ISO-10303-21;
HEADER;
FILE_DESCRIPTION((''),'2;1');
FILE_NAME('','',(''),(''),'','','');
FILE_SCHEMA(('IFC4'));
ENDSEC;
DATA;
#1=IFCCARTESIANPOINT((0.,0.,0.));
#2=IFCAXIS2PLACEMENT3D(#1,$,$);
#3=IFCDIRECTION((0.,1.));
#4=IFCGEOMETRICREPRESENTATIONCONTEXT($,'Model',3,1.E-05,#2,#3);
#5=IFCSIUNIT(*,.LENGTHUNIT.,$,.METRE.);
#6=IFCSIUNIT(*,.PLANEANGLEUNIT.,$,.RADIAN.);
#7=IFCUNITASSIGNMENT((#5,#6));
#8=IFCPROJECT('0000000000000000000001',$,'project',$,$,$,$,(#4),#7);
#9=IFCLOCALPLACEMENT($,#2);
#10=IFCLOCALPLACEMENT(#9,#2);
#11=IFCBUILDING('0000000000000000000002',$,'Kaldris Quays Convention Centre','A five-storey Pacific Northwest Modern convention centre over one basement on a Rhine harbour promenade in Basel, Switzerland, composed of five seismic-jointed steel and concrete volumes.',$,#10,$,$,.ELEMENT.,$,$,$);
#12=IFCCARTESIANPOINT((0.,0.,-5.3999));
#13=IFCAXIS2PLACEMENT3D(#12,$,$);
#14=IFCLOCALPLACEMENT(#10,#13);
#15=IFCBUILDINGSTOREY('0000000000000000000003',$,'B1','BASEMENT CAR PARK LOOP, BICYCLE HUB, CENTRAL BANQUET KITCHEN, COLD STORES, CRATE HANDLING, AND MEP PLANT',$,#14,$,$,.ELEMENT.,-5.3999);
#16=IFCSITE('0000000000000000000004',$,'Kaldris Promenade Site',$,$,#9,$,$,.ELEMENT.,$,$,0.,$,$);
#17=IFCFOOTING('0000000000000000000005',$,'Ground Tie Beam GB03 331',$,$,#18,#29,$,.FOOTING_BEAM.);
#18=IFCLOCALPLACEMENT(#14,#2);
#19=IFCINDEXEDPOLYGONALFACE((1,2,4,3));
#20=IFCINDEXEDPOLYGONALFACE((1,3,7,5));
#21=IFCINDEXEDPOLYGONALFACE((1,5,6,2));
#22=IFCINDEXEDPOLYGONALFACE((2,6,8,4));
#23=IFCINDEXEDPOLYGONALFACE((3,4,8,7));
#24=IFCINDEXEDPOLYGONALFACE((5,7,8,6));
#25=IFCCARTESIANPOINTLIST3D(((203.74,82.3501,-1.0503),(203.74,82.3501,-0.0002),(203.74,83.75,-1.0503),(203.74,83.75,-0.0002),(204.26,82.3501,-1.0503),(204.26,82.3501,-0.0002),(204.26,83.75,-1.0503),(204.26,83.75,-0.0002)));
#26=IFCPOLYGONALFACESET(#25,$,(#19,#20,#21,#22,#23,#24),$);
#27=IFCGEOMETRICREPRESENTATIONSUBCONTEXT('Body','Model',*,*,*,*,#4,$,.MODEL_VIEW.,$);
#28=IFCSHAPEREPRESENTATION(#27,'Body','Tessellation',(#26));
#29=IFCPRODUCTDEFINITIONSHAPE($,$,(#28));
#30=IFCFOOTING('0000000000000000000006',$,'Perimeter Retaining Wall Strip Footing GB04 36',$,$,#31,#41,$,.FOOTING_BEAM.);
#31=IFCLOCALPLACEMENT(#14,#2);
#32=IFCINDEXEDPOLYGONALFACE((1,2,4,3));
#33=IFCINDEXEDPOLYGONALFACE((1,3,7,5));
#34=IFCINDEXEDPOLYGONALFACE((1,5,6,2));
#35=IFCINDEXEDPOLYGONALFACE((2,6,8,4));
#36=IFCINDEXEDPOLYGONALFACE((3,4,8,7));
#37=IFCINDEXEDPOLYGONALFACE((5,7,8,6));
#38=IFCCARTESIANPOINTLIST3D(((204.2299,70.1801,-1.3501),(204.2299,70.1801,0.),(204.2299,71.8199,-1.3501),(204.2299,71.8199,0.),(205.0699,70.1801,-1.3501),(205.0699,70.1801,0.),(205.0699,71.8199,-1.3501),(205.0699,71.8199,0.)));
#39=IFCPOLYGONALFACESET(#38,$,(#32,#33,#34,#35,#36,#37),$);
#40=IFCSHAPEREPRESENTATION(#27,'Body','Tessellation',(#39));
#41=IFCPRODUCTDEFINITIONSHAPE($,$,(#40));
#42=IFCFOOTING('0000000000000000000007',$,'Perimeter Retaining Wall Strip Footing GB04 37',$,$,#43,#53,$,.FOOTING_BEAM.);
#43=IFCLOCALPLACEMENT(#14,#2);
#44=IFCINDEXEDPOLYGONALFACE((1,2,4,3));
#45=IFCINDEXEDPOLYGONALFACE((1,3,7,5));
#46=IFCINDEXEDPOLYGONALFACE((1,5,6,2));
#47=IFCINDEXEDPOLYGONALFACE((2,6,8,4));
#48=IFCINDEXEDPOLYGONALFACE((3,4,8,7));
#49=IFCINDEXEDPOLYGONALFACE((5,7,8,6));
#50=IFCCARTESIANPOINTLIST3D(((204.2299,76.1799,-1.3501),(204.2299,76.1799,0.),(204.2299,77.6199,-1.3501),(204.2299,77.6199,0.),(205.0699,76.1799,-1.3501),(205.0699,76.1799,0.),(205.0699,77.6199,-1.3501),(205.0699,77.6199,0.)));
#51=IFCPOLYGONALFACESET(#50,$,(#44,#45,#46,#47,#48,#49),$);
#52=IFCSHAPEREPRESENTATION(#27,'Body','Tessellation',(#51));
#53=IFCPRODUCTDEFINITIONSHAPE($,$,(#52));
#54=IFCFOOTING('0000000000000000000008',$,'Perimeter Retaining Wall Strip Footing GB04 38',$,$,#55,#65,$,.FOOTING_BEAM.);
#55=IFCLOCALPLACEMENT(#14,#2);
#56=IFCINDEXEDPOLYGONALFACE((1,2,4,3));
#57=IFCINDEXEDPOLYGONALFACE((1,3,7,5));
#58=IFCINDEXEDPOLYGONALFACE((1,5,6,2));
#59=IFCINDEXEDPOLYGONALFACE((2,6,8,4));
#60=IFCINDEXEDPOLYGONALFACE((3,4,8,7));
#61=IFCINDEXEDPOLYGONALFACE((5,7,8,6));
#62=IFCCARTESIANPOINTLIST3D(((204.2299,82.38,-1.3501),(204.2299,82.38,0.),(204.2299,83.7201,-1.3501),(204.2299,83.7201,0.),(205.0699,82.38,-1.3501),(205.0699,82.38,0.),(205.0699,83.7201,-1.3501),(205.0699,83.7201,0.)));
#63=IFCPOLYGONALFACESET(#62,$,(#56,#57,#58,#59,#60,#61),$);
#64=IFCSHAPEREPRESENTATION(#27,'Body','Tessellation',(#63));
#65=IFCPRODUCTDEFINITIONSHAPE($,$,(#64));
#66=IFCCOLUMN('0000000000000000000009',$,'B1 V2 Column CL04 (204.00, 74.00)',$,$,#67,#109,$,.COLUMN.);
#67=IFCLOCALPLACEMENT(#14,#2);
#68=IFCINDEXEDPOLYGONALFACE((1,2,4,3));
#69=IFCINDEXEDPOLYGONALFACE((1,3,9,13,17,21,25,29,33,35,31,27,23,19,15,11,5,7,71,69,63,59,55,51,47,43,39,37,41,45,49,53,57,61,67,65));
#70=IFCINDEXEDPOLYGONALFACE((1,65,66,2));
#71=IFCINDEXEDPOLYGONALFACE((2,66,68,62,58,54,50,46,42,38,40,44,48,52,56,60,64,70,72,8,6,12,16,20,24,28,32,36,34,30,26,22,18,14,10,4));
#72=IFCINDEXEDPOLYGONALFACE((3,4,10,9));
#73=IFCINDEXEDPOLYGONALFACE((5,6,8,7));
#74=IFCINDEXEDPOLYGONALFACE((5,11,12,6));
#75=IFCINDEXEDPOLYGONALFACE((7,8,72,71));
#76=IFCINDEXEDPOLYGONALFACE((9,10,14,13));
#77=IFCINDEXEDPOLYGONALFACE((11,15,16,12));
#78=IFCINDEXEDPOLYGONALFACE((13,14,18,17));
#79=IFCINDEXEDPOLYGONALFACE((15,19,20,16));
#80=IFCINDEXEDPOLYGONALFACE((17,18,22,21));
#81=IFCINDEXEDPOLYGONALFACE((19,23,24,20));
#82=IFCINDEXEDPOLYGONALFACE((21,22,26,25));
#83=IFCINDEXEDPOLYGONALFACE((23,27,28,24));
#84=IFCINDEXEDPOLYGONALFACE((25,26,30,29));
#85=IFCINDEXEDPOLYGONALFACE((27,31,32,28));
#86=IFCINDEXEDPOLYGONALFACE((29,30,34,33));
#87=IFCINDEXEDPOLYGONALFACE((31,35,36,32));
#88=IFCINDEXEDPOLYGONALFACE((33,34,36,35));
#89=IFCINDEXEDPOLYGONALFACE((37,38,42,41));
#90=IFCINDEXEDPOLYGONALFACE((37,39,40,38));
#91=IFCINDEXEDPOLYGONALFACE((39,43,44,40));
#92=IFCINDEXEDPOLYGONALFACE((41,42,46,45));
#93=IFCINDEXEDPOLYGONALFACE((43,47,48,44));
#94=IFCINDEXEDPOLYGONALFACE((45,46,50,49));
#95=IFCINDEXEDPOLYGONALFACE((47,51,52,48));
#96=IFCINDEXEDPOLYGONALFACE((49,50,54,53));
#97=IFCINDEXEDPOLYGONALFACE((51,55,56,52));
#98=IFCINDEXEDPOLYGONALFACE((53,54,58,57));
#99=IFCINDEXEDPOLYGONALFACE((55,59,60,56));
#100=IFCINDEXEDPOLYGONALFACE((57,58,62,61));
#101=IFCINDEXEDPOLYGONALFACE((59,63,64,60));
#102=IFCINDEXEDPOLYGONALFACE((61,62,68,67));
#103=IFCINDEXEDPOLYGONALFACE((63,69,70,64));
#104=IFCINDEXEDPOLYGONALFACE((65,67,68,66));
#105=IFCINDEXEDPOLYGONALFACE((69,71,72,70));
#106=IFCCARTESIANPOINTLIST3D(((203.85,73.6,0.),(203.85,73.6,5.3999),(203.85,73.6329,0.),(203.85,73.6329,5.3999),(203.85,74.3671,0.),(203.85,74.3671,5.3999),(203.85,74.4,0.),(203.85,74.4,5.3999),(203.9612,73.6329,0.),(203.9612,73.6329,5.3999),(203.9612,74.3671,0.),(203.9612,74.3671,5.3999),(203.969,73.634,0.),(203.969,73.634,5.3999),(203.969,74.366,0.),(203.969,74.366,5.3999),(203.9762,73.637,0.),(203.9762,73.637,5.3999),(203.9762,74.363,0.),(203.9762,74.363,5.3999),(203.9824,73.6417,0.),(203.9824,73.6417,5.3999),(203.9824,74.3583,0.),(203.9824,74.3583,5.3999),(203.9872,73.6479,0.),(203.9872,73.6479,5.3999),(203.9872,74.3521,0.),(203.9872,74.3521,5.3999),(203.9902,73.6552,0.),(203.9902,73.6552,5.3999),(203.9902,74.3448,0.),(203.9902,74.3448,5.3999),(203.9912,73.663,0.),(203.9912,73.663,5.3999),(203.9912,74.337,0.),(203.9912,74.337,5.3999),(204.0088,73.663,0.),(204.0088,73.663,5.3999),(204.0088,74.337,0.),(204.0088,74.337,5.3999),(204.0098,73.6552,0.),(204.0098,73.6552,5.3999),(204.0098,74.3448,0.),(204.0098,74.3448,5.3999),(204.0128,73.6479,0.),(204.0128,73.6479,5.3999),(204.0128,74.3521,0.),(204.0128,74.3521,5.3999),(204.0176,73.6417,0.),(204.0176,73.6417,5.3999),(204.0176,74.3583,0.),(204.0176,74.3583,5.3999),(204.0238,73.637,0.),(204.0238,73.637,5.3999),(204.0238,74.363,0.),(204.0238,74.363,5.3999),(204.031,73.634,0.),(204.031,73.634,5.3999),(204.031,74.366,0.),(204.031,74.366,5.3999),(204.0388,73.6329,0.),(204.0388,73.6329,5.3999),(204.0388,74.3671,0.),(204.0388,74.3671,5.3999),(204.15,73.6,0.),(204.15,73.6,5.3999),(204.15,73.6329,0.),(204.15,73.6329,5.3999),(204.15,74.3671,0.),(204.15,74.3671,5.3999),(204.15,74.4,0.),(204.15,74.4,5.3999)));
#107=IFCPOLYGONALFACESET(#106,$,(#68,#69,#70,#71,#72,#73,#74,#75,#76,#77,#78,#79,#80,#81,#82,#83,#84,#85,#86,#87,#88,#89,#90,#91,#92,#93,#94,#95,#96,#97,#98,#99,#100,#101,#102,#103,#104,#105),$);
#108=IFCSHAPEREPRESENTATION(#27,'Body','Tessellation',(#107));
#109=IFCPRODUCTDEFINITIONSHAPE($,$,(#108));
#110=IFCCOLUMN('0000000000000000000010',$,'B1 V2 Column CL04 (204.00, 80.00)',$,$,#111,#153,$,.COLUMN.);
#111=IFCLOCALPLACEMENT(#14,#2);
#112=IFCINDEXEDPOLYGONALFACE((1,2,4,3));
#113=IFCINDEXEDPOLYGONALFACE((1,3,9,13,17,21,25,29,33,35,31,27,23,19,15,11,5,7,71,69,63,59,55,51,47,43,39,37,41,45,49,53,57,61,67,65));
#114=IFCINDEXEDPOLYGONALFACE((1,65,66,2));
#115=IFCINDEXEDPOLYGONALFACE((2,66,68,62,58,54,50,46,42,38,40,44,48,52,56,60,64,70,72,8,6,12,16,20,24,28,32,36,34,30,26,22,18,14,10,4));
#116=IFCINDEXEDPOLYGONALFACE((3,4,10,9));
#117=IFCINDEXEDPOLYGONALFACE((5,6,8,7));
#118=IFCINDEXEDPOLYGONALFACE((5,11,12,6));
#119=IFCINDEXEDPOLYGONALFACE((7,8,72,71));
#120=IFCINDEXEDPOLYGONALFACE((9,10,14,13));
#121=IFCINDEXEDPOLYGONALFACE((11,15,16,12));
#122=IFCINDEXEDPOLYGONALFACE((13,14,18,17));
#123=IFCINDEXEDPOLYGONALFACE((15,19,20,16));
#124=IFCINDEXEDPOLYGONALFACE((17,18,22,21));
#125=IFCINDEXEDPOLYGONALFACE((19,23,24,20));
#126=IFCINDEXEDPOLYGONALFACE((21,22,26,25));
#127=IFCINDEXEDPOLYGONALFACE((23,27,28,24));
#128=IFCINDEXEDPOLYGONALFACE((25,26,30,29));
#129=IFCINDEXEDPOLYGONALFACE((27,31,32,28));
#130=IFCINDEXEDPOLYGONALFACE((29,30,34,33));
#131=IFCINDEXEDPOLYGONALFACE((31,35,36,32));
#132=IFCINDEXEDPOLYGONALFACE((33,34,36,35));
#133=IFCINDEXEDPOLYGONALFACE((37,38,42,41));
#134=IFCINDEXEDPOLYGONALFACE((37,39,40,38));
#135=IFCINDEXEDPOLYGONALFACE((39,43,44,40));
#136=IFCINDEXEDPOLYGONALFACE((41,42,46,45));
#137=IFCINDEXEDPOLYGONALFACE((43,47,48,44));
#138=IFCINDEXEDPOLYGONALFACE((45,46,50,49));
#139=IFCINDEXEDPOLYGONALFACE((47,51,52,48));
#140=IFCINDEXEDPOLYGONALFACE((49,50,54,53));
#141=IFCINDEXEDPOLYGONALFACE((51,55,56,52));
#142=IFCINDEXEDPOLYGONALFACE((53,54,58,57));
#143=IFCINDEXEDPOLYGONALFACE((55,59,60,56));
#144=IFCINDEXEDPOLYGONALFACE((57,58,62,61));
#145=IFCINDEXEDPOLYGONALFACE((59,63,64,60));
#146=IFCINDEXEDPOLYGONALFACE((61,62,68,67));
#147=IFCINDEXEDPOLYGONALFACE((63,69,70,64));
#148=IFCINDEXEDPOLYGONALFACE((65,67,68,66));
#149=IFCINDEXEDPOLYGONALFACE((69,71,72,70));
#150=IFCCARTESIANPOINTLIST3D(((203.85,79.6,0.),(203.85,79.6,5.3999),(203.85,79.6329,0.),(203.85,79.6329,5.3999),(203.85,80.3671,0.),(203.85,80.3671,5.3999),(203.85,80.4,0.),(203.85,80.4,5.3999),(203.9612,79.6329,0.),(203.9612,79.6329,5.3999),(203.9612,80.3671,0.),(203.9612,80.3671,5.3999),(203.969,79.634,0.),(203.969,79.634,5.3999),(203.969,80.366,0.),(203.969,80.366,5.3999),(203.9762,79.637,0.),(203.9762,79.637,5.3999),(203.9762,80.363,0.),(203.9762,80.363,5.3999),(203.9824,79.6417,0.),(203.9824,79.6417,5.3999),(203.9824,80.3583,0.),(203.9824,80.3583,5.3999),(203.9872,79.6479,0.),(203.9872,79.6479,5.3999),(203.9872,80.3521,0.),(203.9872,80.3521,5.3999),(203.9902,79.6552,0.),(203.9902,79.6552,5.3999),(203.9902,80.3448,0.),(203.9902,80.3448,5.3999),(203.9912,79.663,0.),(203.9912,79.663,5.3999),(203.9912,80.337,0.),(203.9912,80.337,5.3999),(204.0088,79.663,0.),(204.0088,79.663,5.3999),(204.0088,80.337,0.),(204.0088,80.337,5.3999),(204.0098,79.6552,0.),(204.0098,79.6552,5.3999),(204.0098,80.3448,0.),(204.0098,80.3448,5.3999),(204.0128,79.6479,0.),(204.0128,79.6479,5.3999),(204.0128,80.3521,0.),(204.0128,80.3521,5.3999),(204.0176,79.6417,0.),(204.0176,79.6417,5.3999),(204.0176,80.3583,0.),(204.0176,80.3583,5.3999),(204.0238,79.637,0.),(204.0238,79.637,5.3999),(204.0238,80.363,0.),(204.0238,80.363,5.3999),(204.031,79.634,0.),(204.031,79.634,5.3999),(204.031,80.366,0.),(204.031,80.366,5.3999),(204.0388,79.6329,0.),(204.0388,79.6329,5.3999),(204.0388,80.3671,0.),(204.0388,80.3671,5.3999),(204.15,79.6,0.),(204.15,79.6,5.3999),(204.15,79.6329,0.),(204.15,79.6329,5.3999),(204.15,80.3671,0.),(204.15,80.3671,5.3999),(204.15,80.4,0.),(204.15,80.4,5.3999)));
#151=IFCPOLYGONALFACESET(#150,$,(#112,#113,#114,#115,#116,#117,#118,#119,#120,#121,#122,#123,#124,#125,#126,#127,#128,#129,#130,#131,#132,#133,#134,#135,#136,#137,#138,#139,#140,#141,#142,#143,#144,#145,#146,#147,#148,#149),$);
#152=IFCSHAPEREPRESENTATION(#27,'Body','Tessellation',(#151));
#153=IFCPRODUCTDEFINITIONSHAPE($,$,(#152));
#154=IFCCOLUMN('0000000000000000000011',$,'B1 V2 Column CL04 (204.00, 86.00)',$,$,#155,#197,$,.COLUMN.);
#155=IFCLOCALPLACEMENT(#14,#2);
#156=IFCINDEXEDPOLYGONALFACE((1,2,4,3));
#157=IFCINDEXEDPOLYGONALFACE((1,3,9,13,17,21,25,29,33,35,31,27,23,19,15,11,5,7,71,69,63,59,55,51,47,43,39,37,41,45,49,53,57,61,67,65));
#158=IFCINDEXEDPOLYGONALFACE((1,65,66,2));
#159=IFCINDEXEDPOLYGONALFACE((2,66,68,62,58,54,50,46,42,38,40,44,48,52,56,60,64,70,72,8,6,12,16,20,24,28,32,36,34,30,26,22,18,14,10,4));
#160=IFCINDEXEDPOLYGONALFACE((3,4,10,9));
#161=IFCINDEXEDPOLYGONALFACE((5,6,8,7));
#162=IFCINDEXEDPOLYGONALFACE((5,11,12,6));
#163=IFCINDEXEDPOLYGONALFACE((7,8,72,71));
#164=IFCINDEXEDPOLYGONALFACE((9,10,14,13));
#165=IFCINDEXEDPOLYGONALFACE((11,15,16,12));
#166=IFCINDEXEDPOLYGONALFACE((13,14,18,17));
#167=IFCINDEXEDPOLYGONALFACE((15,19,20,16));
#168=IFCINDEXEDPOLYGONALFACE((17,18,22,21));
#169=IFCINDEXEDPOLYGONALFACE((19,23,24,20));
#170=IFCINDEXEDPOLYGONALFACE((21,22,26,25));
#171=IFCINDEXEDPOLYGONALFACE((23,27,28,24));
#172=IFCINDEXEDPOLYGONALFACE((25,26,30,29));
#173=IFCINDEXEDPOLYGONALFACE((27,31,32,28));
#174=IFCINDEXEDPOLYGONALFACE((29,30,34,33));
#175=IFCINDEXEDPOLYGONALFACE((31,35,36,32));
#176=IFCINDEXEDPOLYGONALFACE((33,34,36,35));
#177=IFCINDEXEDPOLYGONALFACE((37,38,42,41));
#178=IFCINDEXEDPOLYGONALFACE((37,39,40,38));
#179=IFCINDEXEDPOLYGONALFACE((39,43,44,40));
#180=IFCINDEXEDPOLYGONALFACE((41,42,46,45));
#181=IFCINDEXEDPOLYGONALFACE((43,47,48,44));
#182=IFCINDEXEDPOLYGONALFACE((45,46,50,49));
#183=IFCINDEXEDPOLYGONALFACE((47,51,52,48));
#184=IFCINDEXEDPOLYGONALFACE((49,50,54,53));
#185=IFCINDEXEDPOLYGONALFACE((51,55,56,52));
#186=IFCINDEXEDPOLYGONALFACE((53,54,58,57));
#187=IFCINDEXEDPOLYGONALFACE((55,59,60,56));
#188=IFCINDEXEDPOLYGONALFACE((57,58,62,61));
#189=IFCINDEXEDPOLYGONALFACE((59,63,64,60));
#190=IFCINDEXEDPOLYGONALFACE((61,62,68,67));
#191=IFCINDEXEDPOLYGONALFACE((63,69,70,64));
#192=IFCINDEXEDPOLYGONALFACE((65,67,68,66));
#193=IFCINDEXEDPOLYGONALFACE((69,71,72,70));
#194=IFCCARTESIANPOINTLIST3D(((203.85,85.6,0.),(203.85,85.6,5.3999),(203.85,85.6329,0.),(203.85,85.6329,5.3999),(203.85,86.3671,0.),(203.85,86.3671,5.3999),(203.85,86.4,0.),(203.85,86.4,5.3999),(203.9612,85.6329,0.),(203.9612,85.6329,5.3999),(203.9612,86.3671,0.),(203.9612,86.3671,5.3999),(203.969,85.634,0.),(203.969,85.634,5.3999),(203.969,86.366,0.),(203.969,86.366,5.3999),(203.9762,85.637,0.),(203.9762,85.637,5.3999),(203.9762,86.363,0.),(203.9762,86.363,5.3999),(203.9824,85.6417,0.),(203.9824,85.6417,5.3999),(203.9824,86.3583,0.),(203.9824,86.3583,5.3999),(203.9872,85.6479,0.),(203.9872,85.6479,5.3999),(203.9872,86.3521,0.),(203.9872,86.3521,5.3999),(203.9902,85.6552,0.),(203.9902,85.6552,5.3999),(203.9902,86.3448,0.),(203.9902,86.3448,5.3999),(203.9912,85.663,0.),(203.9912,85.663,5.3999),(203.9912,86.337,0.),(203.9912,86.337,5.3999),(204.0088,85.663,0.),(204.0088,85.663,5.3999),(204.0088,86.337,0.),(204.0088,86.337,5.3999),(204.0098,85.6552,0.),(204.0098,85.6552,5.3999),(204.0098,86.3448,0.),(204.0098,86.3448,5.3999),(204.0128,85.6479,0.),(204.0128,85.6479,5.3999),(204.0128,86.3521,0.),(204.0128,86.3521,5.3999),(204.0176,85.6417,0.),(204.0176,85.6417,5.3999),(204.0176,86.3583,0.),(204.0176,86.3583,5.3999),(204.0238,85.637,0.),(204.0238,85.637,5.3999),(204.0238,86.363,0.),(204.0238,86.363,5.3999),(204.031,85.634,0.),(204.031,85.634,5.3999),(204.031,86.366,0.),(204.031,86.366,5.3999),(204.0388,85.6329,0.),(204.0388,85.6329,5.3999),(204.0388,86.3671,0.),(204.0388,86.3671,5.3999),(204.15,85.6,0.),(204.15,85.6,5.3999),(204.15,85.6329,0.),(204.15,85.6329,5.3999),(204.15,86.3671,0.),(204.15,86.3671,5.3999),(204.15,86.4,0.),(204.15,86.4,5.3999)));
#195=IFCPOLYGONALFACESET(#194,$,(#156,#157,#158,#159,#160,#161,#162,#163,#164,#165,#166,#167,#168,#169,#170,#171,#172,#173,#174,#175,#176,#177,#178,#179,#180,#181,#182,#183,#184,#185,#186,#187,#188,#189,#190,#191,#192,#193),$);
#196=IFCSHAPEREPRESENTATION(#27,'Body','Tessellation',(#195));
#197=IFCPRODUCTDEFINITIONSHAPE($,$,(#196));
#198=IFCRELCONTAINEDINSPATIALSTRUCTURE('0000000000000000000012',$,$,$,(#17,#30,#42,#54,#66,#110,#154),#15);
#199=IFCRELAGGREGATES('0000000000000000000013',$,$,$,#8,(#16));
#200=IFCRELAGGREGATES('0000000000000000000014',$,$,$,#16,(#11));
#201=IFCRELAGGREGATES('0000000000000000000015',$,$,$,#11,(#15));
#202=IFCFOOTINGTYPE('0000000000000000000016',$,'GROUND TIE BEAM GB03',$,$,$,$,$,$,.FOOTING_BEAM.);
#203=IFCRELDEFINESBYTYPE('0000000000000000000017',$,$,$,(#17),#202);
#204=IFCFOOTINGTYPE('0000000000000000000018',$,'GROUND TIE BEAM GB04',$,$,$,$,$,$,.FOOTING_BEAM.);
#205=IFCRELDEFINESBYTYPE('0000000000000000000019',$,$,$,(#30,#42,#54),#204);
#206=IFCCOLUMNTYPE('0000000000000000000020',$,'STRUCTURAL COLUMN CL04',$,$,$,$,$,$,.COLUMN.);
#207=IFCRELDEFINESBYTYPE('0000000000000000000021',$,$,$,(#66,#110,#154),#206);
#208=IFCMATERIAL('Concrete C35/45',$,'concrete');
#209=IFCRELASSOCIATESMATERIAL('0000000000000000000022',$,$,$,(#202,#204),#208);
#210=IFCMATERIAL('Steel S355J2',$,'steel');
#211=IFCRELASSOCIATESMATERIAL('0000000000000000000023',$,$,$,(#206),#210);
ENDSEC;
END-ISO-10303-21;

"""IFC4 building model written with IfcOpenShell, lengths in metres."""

from ifc_helpers import new_model, si_unit, direction, frame, origin, origin_2d, place, context, subcontext, project, spatial, rectangle, i_section, extrude, material, material_profile, profile_set, type_object, element, save


model = new_model("IFC4")

# Units and contexts
model_context = context("Model", 3, precision=1e-05, world=origin(), true_north=direction((0.0, 1.0)))
body_context = subcontext(model_context, "Body", "Model", "MODEL_VIEW")
ifc_project = project(units=[si_unit("LENGTHUNIT", "METRE"), si_unit("PLANEANGLEUNIT", "RADIAN")], contexts=[model_context])

# Site, building, storey
site_placement = place(None, origin())
site = spatial("IfcSite", under=ifc_project, at=site_placement, Name="Kaldris Promenade Site", CompositionType="ELEMENT", RefElevation=0.0)
building_placement = place(site_placement, origin())
building = spatial("IfcBuilding", under=site, at=building_placement, Name="Kaldris Quays Convention Centre", Description="A five-storey Pacific Northwest Modern convention centre over one basement on a Rhine harbour promenade in Basel, Switzerland, composed of five seismic-jointed steel and concrete volumes.", CompositionType="ELEMENT")
storey_placement = place(building_placement, frame((0.0, 0.0, -5.3999)))
storey = spatial("IfcBuildingStorey", under=building, at=storey_placement, Name="B1", Description="BASEMENT CAR PARK LOOP, BICYCLE HUB, CENTRAL BANQUET KITCHEN, COLD STORES, CRATE HANDLING, AND MEP PLANT", CompositionType="ELEMENT", Elevation=-5.3999)

# Shared definitions
ifc_material_1 = material(Name="Concrete C35/45", Category="concrete")

# Footings
footing_type_1 = type_object("IfcFootingType", Name="GROUND TIE BEAM GB03", PredefinedType="FOOTING_BEAM", material=ifc_material_1)
footing_1_placement = place(storey_placement, frame((204.0, 83.05, -1.0503), z_axis=(0.0, 0.0, 1.0), x_axis=(1.0, 0.0, 0.0)))
element("IfcFooting", 1, at=footing_1_placement, inside=storey, type_object=footing_type_1, Name="Ground Tie Beam GB03 331", PredefinedType="FOOTING_BEAM", context=body_context, shape_type="SweptSolid", body=[
    extrude(rectangle(XDim=0.52, YDim=1.3999, at=origin_2d()), origin(), (0.0, 0.0, 1.0), 1.05),
])
footing_type_2 = type_object("IfcFootingType", Name="GROUND TIE BEAM GB04", PredefinedType="FOOTING_BEAM", material=ifc_material_1)
footing_2_placement = place(storey_placement, frame((204.6499, 71.0, -1.3501), z_axis=(0.0, 0.0, 1.0), x_axis=(1.0, 0.0, 0.0)))
element("IfcFooting", 2, at=footing_2_placement, inside=storey, type_object=footing_type_2, Name="Perimeter Retaining Wall Strip Footing GB04 36", PredefinedType="FOOTING_BEAM", context=body_context, shape_type="SweptSolid", body=[
    extrude(rectangle(XDim=0.8401, YDim=1.6399, at=origin_2d()), origin(), (0.0, 0.0, 1.0), 1.3501),
])
footing_3_placement = place(storey_placement, frame((204.6499, 76.8999, -1.3501), z_axis=(0.0, 0.0, 1.0), x_axis=(1.0, 0.0, 0.0)))
element("IfcFooting", 3, at=footing_3_placement, inside=storey, type_object=footing_type_2, Name="Perimeter Retaining Wall Strip Footing GB04 37", PredefinedType="FOOTING_BEAM", context=body_context, shape_type="SweptSolid", body=[
    extrude(rectangle(XDim=0.8401, YDim=1.4399, at=origin_2d()), origin(), (0.0, 0.0, 1.0), 1.3501),
])
footing_4_placement = place(storey_placement, frame((204.6499, 83.05, -1.3501), z_axis=(0.0, 0.0, 1.0), x_axis=(1.0, 0.0, 0.0)))
element("IfcFooting", 4, at=footing_4_placement, inside=storey, type_object=footing_type_2, Name="Perimeter Retaining Wall Strip Footing GB04 38", PredefinedType="FOOTING_BEAM", context=body_context, shape_type="SweptSolid", body=[
    extrude(rectangle(XDim=0.8401, YDim=1.3401, at=origin_2d()), origin(), (0.0, 0.0, 1.0), 1.3501),
])

# Columns
ifc_material_2 = material(Name="Steel S355J2", Category="steel")
ifc_material_profile_1 = material_profile(ifc_material_2, i_section(OverallWidth=0.3, OverallDepth=0.8, WebThickness=0.0176, FlangeThickness=0.033, FilletRadius=0.03, at=origin_2d()), Name="HEB 800")
ifc_profile_set_1 = profile_set([ifc_material_profile_1], Name="Steel S355J2")
column_type_1 = type_object("IfcColumnType", Name="STRUCTURAL COLUMN CL04", PredefinedType="COLUMN", material=ifc_profile_set_1)
for number, where, z_axis, x_axis, name in (
    (5, (204.0, 74.0, 0.0), (0.0, 0.0, 1.0), (1.0, 0.0, 0.0), "B1 V2 Column CL04 (204.00, 74.00)"),
    (6, (204.0, 80.0, 0.0), (0.0, 0.0, 1.0), (1.0, 0.0, 0.0), "B1 V2 Column CL04 (204.00, 80.00)"),
    (7, (204.0, 86.0, 0.0), (0.0, 0.0, 1.0), (1.0, 0.0, 0.0), "B1 V2 Column CL04 (204.00, 86.00)"),
):
    element("IfcColumn", number, at=place(storey_placement, frame(where, z_axis=z_axis, x_axis=x_axis)), inside=storey, type_object=column_type_1, Name=name, PredefinedType="COLUMN", context=body_context, shape_type="SweptSolid", body=[
        extrude(i_section(OverallWidth=0.3, OverallDepth=0.8, WebThickness=0.0176, FlangeThickness=0.033, FilletRadius=0.03, at=origin_2d()), origin(), (0.0, 0.0, 1.0), 5.3999),
    ])

save(model, "model.ifc")
